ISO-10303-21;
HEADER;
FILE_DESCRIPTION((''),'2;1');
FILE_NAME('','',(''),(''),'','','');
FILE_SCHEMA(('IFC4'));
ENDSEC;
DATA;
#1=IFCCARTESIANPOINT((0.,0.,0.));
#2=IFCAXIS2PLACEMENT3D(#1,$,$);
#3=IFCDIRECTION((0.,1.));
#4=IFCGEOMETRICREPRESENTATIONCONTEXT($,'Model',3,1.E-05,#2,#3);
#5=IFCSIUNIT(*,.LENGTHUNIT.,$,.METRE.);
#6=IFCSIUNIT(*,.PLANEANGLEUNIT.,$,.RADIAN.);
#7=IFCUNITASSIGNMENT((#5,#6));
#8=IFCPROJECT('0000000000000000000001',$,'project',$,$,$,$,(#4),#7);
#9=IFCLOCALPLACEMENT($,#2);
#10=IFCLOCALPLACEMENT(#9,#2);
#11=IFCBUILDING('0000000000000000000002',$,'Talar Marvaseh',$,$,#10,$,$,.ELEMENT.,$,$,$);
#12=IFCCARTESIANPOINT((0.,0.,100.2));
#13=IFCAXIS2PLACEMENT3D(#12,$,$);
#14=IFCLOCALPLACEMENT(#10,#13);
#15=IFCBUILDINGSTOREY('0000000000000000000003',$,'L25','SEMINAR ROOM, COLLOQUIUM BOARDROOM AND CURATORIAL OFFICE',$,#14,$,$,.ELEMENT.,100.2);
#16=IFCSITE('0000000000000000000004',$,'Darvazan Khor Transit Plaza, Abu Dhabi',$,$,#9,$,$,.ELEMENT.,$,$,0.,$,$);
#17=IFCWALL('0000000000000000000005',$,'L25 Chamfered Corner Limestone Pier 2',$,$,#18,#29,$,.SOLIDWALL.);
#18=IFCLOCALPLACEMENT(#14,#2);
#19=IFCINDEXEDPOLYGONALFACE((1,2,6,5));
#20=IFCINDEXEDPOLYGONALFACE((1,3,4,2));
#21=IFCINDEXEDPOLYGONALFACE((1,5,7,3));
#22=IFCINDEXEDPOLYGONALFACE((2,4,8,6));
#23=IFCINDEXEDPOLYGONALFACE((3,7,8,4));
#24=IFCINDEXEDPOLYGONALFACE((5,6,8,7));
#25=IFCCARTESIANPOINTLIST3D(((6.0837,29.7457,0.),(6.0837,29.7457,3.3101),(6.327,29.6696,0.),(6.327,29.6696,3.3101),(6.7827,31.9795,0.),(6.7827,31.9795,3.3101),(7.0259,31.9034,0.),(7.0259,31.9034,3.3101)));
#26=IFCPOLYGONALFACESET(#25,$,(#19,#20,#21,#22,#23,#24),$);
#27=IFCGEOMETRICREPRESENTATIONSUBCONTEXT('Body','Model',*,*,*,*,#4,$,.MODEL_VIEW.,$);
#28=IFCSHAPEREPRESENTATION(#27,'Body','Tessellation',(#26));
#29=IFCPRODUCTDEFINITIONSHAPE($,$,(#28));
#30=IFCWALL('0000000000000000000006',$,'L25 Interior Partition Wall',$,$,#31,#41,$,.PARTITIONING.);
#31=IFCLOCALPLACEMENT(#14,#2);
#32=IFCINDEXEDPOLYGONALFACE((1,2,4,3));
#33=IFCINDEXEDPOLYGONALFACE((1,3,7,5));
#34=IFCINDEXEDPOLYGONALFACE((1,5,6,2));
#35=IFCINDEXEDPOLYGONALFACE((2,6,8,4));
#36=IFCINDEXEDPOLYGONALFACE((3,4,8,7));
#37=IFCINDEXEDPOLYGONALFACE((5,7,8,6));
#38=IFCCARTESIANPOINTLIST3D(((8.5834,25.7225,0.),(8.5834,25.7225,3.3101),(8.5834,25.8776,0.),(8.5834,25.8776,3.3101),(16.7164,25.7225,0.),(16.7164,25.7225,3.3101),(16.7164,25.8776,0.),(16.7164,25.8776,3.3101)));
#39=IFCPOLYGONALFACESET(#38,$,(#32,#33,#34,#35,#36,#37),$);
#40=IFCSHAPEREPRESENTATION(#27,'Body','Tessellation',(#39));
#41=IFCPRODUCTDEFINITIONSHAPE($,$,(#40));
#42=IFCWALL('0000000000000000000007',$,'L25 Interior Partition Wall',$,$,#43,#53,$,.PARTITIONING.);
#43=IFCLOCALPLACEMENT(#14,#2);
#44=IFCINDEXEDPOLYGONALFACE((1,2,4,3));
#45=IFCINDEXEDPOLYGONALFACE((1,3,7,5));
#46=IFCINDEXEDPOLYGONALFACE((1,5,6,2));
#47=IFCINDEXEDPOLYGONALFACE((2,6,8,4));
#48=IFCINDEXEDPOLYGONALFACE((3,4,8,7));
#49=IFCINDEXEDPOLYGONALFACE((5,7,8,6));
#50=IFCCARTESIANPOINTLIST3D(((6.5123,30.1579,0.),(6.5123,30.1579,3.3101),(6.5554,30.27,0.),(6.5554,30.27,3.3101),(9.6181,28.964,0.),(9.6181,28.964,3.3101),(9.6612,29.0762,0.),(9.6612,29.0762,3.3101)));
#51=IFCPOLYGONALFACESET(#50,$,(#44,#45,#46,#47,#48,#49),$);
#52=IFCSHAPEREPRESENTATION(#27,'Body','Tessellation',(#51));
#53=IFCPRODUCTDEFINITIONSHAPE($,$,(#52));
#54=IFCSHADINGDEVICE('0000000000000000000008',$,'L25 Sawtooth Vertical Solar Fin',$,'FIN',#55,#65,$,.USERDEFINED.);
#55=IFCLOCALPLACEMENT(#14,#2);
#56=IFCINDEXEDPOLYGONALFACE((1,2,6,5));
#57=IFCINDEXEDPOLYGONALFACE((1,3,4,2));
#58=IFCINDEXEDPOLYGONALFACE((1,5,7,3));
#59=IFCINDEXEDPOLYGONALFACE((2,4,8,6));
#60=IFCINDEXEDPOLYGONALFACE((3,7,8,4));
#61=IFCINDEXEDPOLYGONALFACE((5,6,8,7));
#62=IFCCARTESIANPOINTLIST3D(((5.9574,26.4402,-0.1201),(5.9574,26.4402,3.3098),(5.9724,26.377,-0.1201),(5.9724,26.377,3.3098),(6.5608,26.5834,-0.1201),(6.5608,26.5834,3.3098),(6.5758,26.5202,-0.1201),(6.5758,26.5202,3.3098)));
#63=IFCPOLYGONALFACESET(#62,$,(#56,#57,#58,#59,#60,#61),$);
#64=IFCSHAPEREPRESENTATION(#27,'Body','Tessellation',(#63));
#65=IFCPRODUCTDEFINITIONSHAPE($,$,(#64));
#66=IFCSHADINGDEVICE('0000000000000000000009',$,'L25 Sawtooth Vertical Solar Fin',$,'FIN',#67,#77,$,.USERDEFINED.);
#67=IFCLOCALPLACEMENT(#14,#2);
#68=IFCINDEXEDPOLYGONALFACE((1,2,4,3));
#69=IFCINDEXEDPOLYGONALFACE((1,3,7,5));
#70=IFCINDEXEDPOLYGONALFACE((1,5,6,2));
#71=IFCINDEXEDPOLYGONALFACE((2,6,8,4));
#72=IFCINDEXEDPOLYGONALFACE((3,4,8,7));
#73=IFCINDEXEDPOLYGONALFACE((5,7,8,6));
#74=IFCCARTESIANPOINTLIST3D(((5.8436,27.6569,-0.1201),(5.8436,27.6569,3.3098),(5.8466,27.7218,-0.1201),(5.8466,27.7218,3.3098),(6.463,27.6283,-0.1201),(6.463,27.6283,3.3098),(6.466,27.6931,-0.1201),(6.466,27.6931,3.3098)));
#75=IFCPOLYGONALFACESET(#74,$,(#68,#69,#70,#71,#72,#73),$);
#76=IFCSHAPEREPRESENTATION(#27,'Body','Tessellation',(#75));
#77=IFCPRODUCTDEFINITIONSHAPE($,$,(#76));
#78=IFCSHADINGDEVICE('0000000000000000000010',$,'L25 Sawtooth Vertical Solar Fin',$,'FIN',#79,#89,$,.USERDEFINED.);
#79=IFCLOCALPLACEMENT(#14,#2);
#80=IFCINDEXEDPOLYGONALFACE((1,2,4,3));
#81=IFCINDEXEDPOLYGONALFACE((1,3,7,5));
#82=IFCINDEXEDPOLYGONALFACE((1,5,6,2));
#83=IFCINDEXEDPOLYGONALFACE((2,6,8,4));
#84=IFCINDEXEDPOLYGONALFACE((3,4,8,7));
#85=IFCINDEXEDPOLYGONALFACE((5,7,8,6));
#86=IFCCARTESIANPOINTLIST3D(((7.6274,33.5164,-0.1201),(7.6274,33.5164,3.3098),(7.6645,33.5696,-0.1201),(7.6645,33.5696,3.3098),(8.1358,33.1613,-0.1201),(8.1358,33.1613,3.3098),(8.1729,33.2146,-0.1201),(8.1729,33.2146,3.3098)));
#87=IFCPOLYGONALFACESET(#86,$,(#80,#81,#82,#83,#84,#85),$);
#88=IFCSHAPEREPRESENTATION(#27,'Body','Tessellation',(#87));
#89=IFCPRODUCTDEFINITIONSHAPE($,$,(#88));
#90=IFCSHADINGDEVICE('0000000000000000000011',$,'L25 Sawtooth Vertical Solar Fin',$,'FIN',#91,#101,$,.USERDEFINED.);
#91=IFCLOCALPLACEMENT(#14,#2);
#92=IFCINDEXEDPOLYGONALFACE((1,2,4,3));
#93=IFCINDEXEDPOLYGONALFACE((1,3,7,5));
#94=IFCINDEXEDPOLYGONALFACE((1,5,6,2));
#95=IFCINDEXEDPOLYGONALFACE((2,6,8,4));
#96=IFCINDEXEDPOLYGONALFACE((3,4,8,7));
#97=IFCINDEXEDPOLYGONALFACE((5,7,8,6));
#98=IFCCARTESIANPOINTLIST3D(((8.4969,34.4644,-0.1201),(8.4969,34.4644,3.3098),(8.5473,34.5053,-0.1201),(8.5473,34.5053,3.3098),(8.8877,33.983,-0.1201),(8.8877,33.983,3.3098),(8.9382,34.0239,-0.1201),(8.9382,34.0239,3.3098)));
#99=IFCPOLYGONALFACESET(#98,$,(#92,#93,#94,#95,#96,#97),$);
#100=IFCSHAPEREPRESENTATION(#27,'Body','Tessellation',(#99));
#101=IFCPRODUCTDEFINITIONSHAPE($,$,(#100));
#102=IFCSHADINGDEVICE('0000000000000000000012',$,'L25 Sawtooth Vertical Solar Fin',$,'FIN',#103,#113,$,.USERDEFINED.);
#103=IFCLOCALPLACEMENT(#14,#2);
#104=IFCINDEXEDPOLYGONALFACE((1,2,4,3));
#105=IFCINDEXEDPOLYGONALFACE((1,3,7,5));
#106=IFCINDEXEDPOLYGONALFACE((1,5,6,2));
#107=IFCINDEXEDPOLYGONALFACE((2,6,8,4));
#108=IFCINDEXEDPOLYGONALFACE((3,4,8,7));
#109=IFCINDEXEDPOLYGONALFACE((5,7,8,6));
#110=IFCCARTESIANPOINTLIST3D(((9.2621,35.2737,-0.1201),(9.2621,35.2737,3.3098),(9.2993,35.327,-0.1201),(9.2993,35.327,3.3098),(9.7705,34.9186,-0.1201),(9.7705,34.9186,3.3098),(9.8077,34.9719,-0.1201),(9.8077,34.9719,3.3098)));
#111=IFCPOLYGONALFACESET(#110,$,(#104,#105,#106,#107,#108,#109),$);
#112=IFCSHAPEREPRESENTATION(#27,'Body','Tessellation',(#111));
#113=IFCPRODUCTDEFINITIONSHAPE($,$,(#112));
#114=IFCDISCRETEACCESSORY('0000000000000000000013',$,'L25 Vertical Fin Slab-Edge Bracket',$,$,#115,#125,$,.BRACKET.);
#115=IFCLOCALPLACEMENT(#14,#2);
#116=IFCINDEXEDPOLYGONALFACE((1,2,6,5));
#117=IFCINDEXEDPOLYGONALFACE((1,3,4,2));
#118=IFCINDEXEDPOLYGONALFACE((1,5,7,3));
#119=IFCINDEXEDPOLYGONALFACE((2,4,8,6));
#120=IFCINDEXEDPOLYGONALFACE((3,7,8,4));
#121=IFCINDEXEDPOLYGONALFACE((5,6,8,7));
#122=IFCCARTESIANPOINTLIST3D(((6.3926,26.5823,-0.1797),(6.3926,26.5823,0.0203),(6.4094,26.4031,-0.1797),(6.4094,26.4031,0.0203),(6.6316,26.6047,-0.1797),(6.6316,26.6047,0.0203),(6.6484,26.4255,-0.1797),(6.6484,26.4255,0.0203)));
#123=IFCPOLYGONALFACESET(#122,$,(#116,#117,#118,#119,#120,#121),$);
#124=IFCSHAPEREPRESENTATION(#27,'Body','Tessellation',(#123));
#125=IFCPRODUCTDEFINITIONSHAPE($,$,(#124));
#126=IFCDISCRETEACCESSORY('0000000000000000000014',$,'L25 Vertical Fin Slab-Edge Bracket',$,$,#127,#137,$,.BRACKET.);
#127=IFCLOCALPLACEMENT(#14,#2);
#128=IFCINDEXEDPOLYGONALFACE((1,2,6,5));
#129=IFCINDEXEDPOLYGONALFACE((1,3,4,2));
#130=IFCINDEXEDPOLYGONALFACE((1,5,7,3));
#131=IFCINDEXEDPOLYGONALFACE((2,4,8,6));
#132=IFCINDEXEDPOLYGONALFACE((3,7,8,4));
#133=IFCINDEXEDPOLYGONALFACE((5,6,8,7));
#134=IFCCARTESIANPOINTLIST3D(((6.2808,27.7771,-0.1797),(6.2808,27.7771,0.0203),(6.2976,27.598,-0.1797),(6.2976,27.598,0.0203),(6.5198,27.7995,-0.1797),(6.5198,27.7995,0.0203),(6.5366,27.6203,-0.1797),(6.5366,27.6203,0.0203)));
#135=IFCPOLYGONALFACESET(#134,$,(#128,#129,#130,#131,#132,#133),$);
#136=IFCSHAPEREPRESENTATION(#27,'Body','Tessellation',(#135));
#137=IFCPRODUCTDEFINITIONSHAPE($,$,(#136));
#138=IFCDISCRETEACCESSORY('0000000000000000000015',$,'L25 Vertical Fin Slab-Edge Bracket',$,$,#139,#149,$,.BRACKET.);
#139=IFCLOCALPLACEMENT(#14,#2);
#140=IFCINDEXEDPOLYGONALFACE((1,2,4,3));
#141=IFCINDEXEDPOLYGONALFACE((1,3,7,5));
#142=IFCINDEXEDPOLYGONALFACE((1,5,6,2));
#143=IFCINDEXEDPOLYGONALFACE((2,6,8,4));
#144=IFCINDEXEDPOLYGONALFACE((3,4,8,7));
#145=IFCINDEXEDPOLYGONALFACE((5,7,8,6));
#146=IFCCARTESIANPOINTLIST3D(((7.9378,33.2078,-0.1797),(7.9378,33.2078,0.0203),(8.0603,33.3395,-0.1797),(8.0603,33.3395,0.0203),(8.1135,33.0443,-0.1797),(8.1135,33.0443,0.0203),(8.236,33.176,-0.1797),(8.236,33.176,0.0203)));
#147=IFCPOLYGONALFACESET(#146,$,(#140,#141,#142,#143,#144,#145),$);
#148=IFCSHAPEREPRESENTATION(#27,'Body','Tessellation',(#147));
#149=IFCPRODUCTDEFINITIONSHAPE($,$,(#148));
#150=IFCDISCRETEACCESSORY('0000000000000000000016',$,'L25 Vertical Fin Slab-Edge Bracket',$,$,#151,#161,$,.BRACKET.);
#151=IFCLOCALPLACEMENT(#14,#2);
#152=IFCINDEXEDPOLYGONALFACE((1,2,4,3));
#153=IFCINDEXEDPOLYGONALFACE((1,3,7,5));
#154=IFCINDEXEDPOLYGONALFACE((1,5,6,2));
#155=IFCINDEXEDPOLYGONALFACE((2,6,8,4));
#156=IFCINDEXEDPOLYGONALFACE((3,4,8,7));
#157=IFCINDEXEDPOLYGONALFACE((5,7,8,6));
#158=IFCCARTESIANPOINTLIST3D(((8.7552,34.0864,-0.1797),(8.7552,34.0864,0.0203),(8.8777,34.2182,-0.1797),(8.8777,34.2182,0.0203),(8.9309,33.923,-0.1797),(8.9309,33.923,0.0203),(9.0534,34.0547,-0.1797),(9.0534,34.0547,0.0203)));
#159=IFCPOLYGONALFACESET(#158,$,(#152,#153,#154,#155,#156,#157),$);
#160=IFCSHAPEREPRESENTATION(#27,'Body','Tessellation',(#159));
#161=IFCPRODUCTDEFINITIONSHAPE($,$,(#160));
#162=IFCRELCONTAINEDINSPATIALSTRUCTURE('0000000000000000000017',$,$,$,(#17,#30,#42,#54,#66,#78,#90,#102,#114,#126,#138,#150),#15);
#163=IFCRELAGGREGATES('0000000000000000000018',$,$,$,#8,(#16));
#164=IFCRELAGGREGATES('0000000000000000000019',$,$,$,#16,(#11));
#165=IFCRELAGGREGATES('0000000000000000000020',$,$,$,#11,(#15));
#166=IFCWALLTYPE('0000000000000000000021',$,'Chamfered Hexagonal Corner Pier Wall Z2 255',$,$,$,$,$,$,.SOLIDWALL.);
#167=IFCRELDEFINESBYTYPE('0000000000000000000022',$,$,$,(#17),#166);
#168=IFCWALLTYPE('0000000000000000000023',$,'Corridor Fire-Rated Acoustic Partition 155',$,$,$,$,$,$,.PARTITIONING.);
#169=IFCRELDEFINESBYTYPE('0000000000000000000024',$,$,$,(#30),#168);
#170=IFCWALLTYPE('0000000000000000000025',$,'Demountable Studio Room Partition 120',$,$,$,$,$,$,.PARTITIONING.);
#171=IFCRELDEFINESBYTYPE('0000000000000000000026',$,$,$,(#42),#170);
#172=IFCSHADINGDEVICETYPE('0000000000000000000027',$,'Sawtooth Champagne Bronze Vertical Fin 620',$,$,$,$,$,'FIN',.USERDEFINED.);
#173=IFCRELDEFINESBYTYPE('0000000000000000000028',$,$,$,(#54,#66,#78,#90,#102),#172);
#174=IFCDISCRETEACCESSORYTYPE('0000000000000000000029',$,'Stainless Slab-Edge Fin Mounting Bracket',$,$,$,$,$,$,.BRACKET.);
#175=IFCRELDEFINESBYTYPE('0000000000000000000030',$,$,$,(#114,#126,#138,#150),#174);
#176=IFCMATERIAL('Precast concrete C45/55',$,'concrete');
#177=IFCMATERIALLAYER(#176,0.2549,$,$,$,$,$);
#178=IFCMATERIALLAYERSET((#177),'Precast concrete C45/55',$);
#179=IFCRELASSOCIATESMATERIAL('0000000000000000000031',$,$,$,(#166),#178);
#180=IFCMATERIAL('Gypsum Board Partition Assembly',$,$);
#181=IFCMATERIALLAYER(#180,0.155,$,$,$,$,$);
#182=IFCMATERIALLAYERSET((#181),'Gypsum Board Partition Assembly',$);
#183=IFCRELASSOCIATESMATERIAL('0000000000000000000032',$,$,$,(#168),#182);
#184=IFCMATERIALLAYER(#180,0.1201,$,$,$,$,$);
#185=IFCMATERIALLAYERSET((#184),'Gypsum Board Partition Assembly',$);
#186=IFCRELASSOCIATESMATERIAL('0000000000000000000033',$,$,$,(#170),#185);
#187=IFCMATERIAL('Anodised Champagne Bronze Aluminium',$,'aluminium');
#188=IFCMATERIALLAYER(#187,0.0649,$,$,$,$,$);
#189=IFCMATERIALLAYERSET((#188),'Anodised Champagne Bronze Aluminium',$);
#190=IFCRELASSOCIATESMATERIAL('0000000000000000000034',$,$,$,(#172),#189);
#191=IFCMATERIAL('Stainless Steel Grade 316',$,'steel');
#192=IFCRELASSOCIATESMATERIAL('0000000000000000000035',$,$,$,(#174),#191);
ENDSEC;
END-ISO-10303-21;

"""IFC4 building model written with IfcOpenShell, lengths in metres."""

from ifc_helpers import new_model, si_unit, direction, frame, frame_2d, origin, origin_2d, place, context, subcontext, project, spatial, rectangle, extrude, source, transform, mapped, material, layer, layer_set, type_object, type_shapes, element, save


model = new_model("IFC4")

# Units and contexts
model_context = context("Model", 3, precision=1e-05, world=origin(), true_north=direction((0.0, 1.0)))
body_context = subcontext(model_context, "Body", "Model", "MODEL_VIEW")
ifc_project = project(units=[si_unit("LENGTHUNIT", "METRE"), si_unit("PLANEANGLEUNIT", "RADIAN")], contexts=[model_context])

# Site, building, storey
site_placement = place(None, origin())
site = spatial("IfcSite", under=ifc_project, at=site_placement, Name="Darvazan Khor Transit Plaza, Abu Dhabi", CompositionType="ELEMENT", RefElevation=0.0)
building_placement = place(site_placement, origin())
building = spatial("IfcBuilding", under=site, at=building_placement, Name="Talar Marvaseh", CompositionType="ELEMENT")
storey_placement = place(building_placement, frame((0.0, 0.0, 100.2)))
storey = spatial("IfcBuildingStorey", under=building, at=storey_placement, Name="L25", Description="SEMINAR ROOM, COLLOQUIUM BOARDROOM AND CURATORIAL OFFICE", CompositionType="ELEMENT", Elevation=100.2)

# Walls
ifc_material_1 = material(Name="Precast concrete C45/55", Category="concrete")
ifc_layer_1 = layer(ifc_material_1, 0.2549)
ifc_layer_set_1 = layer_set([ifc_layer_1], Name="Precast concrete C45/55")
wall_type_1 = type_object("IfcWallType", Name="Chamfered Hexagonal Corner Pier Wall Z2 255", PredefinedType="SOLIDWALL", material=ifc_layer_set_1)
wall_1_placement = place(storey_placement, frame((6.2053, 29.7075, 0.0), z_axis=(0.0, 0.0, 1.0), x_axis=(0.298619, 0.954372, 0.0)))
element("IfcWall", 1, at=wall_1_placement, inside=storey, type_object=wall_type_1, Name="L25 Chamfered Corner Limestone Pier 2", PredefinedType="SOLIDWALL", context=body_context, shape_type="SweptSolid", body=[
    extrude(rectangle(XDim=2.3406, YDim=0.2549, at=frame_2d((1.1704, 0.0))), origin(), (0.0, 0.0, 1.0), 3.3101),
])
ifc_material_2 = material(Name="Gypsum Board Partition Assembly")
ifc_layer_2 = layer(ifc_material_2, 0.155)
ifc_layer_set_2 = layer_set([ifc_layer_2], Name="Gypsum Board Partition Assembly")
wall_type_2 = type_object("IfcWallType", Name="Corridor Fire-Rated Acoustic Partition 155", PredefinedType="PARTITIONING", material=ifc_layer_set_2)
wall_2_placement = place(storey_placement, frame((8.5835, 25.8, 0.0), z_axis=(0.0, 0.0, 1.0), x_axis=(1.0, 0.0, 0.0)))
element("IfcWall", 2, at=wall_2_placement, inside=storey, type_object=wall_type_2, Name="L25 Interior Partition Wall", PredefinedType="PARTITIONING", context=body_context, shape_type="SweptSolid", body=[
    extrude(rectangle(XDim=8.1331, YDim=0.155, at=frame_2d((4.0664, 0.0))), origin(), (0.0, 0.0, 1.0), 3.3101),
])
ifc_layer_3 = layer(ifc_material_2, 0.1201)
ifc_layer_set_3 = layer_set([ifc_layer_3], Name="Gypsum Board Partition Assembly")
wall_type_3 = type_object("IfcWallType", Name="Demountable Studio Room Partition 120", PredefinedType="PARTITIONING", material=ifc_layer_set_3)
wall_3_placement = place(storey_placement, frame((6.5339, 30.2139, 0.0), z_axis=(0.0, 0.0, 1.0), x_axis=(0.933421, -0.358782, 0.0)))
element("IfcWall", 3, at=wall_3_placement, inside=storey, type_object=wall_type_3, Name="L25 Interior Partition Wall", PredefinedType="PARTITIONING", context=body_context, shape_type="SweptSolid", body=[
    extrude(rectangle(XDim=3.3274, YDim=0.1201, at=frame_2d((1.6636, 0.0))), origin(), (0.0, 0.0, 1.0), 3.3101),
])

# Shading devices
ifc_material_3 = material(Name="Anodised Champagne Bronze Aluminium", Category="aluminium")
ifc_layer_4 = layer(ifc_material_3, 0.0649)
ifc_layer_set_4 = layer_set([ifc_layer_4], Name="Anodised Champagne Bronze Aluminium")
shading_device_type = type_object("IfcShadingDeviceType", Name="Sawtooth Champagne Bronze Vertical Fin 620", ElementType="FIN", PredefinedType="USERDEFINED", material=ifc_layer_set_4)
shared_shape_1 = source(origin(), body_context, "Body", "SweptSolid", [
    extrude(rectangle(XDim=0.6201, YDim=0.0649, at=origin_2d()), origin(), (0.0, 0.0, 1.0), 3.4299),
])
type_shapes(shading_device_type, [shared_shape_1])
for number, where, z_axis, x_axis, name in (
    (4, (6.2666, 26.4802, -0.1201), (0.0, 0.0, 1.0), (-0.972978, -0.230899, 0.0), "L25 Sawtooth Vertical Solar Fin"),
    (5, (6.1548, 27.675, -0.1201), (0.0, 0.0, 1.0), (-0.998931, 0.046235, 0.0), "L25 Sawtooth Vertical Solar Fin"),
    (6, (7.9001, 33.3655, -0.1201), (0.0, 0.0, 1.0), (-0.819852, 0.572575, 0.0), "L25 Sawtooth Vertical Solar Fin"),
    (7, (8.7175, 34.2441, -0.1201), (0.0, 0.0, 1.0), (-0.630269, 0.776377, 0.0), "L25 Sawtooth Vertical Solar Fin"),
    (8, (9.5349, 35.1228, -0.1201), (0.0, 0.0, 1.0), (-0.819852, 0.572575, 0.0), "L25 Sawtooth Vertical Solar Fin"),
):
    element("IfcShadingDevice", number, at=place(storey_placement, frame(where, z_axis=z_axis, x_axis=x_axis)), inside=storey, type_object=shading_device_type, Name=name, ObjectType="FIN", PredefinedType="USERDEFINED", context=body_context, shape_type="MappedRepresentation", body=[
        mapped(shared_shape_1, transform((0.0, 0.0, 0.0), x_axis=(1.0, 0.0, 0.0), y_axis=(0.0, 1.0, 0.0), z_axis=(0.0, 0.0, 1.0), scale=1.0)),
    ])

# Discrete accessories
ifc_material_4 = material(Name="Stainless Steel Grade 316", Category="steel")
discrete_accessory_type = type_object("IfcDiscreteAccessoryType", Name="Stainless Slab-Edge Fin Mounting Bracket", PredefinedType="BRACKET", material=ifc_material_4)
shared_shape_2 = source(origin(), body_context, "Body", "SweptSolid", [
    extrude(rectangle(XDim=0.24, YDim=0.1799, at=origin_2d()), origin(), (0.0, 0.0, 1.0), 0.2),
])
type_shapes(discrete_accessory_type, [shared_shape_2])
for number, where, z_axis, x_axis, name in (
    (9, (6.5205, 26.5039, -0.1797), (0.0, 0.0, 1.0), (-0.995644, -0.093239, 0.0), "L25 Vertical Fin Slab-Edge Bracket"),
    (10, (6.4087, 27.6987, -0.1797), (0.0, 0.0, 1.0), (-0.995644, -0.093239, 0.0), "L25 Vertical Fin Slab-Edge Bracket"),
    (11, (8.0869, 33.1919, -0.1797), (0.0, 0.0, 1.0), (-0.732186, 0.681104, 0.0), "L25 Vertical Fin Slab-Edge Bracket"),
    (12, (8.9043, 34.0706, -0.1797), (0.0, 0.0, 1.0), (-0.732186, 0.681104, 0.0), "L25 Vertical Fin Slab-Edge Bracket"),
):
    element("IfcDiscreteAccessory", number, at=place(storey_placement, frame(where, z_axis=z_axis, x_axis=x_axis)), inside=storey, type_object=discrete_accessory_type, Name=name, PredefinedType="BRACKET", context=body_context, shape_type="MappedRepresentation", body=[
        mapped(shared_shape_2, transform((0.0, 0.0, 0.0), x_axis=(1.0, 0.0, 0.0), y_axis=(0.0, 1.0, 0.0), z_axis=(0.0, 0.0, 1.0), scale=1.0)),
    ])

save(model, "model.ifc")
